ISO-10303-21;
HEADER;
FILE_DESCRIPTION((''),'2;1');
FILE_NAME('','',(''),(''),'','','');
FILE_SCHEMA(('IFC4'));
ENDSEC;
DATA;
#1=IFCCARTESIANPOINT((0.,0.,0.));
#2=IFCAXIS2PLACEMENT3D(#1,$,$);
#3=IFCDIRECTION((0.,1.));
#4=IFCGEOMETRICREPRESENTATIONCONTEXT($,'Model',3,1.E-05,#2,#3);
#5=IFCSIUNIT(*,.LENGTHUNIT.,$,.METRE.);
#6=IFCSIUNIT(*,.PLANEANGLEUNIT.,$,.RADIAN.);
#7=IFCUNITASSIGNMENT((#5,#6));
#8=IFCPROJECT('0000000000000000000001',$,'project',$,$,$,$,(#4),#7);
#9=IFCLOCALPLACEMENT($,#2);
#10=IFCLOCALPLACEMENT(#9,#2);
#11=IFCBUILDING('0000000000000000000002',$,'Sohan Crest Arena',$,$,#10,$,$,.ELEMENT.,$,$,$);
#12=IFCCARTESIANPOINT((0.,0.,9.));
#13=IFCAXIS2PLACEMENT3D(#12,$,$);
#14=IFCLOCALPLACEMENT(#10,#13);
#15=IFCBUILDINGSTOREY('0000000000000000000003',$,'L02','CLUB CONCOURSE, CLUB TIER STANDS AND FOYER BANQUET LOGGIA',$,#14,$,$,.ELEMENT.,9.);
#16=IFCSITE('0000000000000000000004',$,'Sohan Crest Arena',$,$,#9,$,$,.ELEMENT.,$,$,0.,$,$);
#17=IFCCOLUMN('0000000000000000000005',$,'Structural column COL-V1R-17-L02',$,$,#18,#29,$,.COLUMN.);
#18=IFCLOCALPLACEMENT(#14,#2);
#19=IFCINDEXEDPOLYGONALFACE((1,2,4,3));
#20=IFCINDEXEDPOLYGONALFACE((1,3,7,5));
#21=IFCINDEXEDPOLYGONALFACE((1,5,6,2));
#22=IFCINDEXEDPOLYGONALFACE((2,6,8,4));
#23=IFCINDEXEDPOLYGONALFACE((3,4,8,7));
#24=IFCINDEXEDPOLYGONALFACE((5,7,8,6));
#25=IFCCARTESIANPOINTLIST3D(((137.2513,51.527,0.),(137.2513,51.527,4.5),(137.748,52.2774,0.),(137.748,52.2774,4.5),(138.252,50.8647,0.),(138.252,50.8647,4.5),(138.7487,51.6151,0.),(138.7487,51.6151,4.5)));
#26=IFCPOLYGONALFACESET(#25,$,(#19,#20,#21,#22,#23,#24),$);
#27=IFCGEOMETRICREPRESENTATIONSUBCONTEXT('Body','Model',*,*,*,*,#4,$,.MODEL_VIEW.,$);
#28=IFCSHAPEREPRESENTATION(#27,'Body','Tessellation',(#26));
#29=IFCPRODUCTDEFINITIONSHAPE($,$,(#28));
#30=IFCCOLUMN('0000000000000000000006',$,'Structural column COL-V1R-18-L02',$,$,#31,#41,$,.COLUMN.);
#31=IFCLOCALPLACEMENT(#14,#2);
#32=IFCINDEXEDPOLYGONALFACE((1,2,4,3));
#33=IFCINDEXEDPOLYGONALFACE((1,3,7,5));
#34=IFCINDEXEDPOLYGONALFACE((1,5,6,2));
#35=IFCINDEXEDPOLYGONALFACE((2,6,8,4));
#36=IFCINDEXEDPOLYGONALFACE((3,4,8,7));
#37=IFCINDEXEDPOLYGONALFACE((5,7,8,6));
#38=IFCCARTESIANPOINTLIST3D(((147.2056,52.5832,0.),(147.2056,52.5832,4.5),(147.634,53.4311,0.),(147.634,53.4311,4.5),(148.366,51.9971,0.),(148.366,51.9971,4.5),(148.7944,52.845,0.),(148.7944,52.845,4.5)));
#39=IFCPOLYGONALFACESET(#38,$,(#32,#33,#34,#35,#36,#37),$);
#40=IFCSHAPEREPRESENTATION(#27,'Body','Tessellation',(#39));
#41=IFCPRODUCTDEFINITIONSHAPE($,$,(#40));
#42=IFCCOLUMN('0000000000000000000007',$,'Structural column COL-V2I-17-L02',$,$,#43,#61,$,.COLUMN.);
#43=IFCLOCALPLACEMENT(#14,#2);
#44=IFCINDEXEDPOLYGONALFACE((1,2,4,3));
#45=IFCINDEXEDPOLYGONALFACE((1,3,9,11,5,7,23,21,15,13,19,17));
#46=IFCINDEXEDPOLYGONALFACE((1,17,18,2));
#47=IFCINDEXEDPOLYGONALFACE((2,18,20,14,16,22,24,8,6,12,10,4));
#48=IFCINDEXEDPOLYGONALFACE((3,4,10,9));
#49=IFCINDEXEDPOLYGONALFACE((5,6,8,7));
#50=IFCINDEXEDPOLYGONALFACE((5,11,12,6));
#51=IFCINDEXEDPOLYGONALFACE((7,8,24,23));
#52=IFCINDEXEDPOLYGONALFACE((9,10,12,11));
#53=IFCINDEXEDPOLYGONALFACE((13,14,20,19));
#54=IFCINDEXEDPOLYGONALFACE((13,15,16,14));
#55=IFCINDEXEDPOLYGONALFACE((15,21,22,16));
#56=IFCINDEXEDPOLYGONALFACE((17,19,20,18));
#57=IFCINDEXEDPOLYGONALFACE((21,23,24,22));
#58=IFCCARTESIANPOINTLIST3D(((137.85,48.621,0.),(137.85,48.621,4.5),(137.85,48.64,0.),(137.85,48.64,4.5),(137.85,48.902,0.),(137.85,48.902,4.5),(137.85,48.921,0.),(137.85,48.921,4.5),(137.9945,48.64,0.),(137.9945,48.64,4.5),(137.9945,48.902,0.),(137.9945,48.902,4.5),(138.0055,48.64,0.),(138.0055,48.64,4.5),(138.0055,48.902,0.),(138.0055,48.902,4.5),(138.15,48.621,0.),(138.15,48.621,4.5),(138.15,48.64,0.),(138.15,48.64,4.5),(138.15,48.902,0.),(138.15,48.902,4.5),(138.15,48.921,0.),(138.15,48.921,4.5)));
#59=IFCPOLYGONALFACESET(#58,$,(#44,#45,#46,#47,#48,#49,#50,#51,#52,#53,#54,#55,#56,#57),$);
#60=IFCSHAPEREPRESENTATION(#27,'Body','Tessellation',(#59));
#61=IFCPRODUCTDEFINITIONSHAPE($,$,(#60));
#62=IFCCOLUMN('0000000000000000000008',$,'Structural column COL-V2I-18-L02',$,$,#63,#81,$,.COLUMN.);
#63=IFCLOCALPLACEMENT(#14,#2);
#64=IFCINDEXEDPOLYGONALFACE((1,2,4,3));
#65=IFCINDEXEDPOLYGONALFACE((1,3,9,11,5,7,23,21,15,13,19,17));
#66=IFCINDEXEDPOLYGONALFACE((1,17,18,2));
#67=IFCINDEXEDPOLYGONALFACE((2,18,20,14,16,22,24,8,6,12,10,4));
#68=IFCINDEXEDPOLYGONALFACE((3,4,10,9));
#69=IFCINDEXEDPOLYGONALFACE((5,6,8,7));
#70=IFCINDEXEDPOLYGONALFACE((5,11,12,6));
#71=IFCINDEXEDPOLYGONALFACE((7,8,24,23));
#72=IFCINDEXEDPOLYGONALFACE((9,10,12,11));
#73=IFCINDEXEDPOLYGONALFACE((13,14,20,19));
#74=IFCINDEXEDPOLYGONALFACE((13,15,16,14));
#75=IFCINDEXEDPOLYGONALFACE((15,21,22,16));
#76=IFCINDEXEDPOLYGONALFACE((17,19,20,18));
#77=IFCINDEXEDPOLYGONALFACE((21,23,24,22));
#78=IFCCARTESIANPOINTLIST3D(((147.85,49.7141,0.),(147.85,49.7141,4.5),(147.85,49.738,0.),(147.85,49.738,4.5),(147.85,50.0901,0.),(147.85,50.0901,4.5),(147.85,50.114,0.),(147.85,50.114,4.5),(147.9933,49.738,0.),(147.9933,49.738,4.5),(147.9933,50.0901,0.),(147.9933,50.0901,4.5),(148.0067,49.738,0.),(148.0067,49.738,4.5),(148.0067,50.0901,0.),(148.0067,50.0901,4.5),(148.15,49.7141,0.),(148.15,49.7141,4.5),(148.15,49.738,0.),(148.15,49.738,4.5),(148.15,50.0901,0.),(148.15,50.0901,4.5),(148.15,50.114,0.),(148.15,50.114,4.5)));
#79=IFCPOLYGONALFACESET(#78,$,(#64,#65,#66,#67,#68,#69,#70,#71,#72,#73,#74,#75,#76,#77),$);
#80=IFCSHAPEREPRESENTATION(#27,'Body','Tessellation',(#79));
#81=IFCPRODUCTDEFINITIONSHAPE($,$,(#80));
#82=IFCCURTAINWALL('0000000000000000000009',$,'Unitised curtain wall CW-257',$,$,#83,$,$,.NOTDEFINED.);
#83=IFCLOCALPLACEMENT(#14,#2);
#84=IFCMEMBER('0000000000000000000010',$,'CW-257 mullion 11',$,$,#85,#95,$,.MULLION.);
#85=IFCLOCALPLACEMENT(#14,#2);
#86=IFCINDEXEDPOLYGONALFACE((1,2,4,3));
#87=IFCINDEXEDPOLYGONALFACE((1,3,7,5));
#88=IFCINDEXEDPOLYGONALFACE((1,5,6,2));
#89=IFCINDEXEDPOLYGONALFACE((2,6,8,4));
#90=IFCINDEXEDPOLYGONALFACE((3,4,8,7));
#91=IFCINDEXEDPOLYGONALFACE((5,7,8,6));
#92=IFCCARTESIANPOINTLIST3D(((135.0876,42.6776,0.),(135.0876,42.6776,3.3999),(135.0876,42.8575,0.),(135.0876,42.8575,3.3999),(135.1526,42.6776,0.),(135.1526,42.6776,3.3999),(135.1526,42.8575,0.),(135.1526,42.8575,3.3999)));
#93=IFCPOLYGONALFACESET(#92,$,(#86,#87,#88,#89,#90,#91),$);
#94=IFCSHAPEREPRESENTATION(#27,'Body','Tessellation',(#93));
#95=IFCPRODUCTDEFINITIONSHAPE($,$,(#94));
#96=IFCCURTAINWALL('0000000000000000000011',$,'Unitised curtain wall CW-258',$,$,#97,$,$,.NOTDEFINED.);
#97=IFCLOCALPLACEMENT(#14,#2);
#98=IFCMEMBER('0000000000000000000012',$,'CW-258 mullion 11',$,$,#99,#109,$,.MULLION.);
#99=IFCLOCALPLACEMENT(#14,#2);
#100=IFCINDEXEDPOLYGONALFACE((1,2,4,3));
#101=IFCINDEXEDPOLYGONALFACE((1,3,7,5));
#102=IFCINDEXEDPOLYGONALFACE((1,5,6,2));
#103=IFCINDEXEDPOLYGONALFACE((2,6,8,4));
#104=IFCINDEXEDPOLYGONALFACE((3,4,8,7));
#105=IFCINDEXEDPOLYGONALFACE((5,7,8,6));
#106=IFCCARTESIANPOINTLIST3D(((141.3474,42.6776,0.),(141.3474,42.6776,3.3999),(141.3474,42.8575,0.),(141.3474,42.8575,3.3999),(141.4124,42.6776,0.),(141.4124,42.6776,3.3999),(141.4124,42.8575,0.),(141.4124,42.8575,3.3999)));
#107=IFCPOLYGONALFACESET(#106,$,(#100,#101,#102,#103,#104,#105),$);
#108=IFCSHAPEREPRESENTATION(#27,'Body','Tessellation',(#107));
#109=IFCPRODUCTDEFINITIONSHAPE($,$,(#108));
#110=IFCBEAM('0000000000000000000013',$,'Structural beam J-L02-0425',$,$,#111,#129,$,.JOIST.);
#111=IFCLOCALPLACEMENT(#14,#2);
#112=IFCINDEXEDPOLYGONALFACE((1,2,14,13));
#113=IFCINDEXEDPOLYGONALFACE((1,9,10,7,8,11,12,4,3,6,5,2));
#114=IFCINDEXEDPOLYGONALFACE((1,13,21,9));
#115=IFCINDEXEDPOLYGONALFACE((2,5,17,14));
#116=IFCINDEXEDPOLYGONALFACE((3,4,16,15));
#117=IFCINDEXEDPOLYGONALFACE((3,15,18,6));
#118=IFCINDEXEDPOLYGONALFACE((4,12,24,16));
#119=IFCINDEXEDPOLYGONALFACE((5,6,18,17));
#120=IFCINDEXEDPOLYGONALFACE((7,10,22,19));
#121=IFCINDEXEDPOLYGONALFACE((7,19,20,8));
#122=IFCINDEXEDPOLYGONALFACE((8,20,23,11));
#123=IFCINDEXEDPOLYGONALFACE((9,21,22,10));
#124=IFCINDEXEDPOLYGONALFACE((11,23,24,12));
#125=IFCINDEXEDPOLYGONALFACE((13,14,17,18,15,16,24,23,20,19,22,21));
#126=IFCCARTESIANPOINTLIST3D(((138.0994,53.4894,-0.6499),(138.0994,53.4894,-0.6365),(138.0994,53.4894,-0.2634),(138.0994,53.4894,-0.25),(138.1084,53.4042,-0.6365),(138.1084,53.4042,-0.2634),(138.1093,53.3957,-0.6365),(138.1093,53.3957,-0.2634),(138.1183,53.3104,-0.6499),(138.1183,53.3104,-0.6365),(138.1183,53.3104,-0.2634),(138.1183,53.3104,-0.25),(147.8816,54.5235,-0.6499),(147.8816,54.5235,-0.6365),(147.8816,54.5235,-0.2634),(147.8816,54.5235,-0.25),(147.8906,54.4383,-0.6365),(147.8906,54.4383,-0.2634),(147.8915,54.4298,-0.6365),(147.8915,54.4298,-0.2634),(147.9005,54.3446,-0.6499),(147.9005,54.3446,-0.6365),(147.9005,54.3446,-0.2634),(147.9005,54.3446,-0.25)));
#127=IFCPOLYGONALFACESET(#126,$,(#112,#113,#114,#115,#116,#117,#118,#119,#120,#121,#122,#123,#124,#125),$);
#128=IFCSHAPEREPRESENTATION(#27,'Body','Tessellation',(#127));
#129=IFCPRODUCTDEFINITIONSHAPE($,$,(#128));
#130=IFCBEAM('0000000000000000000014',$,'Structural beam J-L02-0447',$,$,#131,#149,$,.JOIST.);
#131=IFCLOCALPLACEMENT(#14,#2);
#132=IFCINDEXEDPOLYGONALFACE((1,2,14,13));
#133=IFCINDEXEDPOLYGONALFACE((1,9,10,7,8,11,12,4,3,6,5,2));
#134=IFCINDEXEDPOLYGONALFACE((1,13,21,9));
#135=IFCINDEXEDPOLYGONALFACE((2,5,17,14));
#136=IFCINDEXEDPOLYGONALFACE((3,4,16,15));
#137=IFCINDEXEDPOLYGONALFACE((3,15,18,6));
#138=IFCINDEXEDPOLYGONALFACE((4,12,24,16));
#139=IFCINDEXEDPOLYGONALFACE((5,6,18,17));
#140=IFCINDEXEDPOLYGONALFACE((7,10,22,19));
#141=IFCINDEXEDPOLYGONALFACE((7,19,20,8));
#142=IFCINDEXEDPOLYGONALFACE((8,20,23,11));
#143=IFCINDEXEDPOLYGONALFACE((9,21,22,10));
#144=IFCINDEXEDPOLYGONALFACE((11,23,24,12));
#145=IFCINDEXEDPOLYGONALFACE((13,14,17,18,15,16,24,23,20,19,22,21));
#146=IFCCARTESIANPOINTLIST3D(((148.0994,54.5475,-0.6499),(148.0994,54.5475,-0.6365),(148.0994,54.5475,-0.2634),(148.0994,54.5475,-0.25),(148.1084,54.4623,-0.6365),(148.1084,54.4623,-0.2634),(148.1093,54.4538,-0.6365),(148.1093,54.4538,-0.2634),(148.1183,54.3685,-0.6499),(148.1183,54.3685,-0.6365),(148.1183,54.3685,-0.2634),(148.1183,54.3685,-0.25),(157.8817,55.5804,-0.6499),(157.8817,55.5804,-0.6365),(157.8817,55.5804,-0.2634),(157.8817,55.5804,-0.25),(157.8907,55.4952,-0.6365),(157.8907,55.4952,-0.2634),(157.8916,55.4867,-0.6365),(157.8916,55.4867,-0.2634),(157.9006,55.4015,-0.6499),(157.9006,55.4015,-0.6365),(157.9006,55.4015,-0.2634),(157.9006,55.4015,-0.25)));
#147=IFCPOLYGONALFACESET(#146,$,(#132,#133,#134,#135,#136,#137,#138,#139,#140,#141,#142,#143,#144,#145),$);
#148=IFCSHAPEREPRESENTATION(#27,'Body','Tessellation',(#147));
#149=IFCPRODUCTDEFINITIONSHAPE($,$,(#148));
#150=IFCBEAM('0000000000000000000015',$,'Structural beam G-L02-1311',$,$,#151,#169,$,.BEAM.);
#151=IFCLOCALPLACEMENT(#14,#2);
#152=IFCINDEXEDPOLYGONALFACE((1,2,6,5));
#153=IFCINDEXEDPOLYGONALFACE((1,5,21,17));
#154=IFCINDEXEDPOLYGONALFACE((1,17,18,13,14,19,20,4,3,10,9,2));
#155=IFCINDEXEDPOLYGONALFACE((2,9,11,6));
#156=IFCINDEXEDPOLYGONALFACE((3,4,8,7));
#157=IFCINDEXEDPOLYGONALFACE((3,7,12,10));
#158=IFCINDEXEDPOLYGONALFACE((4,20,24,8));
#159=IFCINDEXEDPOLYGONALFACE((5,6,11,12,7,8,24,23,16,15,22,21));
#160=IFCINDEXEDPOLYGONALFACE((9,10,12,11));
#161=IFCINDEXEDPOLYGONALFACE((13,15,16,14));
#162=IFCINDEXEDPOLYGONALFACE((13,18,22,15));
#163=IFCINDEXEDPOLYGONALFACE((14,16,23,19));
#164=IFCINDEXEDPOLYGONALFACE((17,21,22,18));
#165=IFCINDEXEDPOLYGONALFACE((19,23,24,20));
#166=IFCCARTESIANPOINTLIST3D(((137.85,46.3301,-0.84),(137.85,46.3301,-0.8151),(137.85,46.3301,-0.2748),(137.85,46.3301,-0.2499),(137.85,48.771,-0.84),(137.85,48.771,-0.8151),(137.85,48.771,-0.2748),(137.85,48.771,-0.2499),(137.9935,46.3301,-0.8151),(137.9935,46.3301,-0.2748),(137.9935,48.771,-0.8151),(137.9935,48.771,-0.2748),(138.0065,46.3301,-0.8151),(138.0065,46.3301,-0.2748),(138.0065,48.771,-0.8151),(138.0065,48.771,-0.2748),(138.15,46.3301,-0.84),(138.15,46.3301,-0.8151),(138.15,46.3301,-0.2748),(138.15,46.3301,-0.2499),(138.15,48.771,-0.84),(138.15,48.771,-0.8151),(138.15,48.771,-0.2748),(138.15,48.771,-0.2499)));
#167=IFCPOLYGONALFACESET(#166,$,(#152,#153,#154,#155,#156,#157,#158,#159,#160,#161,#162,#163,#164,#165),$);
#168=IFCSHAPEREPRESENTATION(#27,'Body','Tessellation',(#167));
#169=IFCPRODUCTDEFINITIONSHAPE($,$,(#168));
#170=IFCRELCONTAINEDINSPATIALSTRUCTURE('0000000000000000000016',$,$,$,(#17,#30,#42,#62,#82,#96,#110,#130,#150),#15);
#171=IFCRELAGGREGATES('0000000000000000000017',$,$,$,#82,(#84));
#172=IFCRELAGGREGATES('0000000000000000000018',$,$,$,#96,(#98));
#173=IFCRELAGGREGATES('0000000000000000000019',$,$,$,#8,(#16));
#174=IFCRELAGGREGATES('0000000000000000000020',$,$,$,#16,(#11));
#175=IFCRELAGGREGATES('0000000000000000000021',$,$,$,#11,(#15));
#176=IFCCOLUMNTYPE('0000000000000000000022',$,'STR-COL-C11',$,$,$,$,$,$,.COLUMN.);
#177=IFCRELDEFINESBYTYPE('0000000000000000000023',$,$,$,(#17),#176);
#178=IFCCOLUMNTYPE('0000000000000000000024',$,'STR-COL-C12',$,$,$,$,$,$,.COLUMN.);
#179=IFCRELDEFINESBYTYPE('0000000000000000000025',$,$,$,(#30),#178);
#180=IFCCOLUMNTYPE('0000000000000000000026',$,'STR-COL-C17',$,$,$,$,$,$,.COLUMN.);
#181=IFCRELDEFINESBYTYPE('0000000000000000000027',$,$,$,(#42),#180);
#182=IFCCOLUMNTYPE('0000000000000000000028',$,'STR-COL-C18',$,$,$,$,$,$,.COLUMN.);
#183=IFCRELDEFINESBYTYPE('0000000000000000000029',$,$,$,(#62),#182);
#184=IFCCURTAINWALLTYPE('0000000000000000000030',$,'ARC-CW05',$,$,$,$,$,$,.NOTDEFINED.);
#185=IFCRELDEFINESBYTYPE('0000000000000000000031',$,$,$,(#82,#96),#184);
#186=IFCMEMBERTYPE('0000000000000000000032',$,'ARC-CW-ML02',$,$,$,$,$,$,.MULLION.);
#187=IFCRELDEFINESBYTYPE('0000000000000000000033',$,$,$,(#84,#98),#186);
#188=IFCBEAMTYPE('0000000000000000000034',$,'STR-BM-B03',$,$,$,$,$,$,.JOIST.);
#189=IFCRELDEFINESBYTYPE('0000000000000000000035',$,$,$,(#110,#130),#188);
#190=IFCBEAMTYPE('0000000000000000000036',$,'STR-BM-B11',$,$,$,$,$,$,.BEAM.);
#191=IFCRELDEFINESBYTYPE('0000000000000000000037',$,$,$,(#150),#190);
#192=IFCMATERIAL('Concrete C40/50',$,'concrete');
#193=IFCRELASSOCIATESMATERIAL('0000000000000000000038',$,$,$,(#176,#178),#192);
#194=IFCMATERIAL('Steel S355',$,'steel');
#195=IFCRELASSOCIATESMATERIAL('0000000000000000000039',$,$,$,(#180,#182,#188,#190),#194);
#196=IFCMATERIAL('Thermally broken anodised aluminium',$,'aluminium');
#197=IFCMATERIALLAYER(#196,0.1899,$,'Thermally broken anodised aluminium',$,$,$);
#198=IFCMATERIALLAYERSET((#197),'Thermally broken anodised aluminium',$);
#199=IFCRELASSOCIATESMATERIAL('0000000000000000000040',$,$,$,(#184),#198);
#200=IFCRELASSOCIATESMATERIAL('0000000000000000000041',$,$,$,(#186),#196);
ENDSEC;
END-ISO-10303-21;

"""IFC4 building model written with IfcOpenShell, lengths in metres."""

from ifc_helpers import new_model, si_unit, direction, frame, origin, origin_2d, place, context, subcontext, project, spatial, rectangle, i_section, extrude, material, layer, layer_set, material_profile, profile_set, type_object, element, aggregate, save


model = new_model("IFC4")

# Units and contexts
model_context = context("Model", 3, precision=1e-05, world=origin(), true_north=direction((0.0, 1.0)))
body_context = subcontext(model_context, "Body", "Model", "MODEL_VIEW")
ifc_project = project(units=[si_unit("LENGTHUNIT", "METRE"), si_unit("PLANEANGLEUNIT", "RADIAN")], contexts=[model_context])

# Site, building, storey
site_placement = place(None, origin())
site = spatial("IfcSite", under=ifc_project, at=site_placement, Name="Sohan Crest Arena", CompositionType="ELEMENT", RefElevation=0.0)
building_placement = place(site_placement, origin())
building = spatial("IfcBuilding", under=site, at=building_placement, Name="Sohan Crest Arena", CompositionType="ELEMENT")
storey_placement = place(building_placement, frame((0.0, 0.0, 9.0)))
storey = spatial("IfcBuildingStorey", under=building, at=storey_placement, Name="L02", Description="CLUB CONCOURSE, CLUB TIER STANDS AND FOYER BANQUET LOGGIA", CompositionType="ELEMENT", Elevation=9.0)

# Columns
ifc_material_1 = material(Name="Concrete C40/50", Category="concrete")
ifc_material_profile_1 = material_profile(ifc_material_1, rectangle(XDim=1.2, YDim=0.8999, at=origin_2d()), Name="RC 1200x900")
ifc_profile_set_1 = profile_set([ifc_material_profile_1], Name="Concrete C40/50")
column_type_1 = type_object("IfcColumnType", Name="STR-COL-C11", PredefinedType="COLUMN", material=ifc_profile_set_1)
column_1_placement = place(storey_placement, frame((138.0, 51.571, 0.0), z_axis=(0.0, 0.0, 1.0), x_axis=(-0.833886, 0.551937, 0.0)))
element("IfcColumn", 1, at=column_1_placement, inside=storey, type_object=column_type_1, Name="Structural column COL-V1R-17-L02", PredefinedType="COLUMN", context=body_context, shape_type="SweptSolid", body=[
    extrude(rectangle(XDim=1.2, YDim=0.8999, at=origin_2d()), origin(), (0.0, 0.0, 1.0), 4.5),
])
ifc_material_profile_2 = material_profile(ifc_material_1, rectangle(XDim=1.3, YDim=0.95, at=origin_2d()), Name="RC 1300x950")
ifc_profile_set_2 = profile_set([ifc_material_profile_2], Name="Concrete C40/50")
column_type_2 = type_object("IfcColumnType", Name="STR-COL-C12", PredefinedType="COLUMN", material=ifc_profile_set_2)
column_2_placement = place(storey_placement, frame((148.0, 52.7141, 0.0), z_axis=(0.0, 0.0, 1.0), x_axis=(-0.892586, 0.450878, 0.0)))
element("IfcColumn", 2, at=column_2_placement, inside=storey, type_object=column_type_2, Name="Structural column COL-V1R-18-L02", PredefinedType="COLUMN", context=body_context, shape_type="SweptSolid", body=[
    extrude(rectangle(XDim=1.3, YDim=0.95, at=origin_2d()), origin(), (0.0, 0.0, 1.0), 4.5),
])
ifc_material_2 = material(Name="Steel S355", Category="steel")
ifc_material_profile_3 = material_profile(ifc_material_2, i_section(OverallWidth=0.3, OverallDepth=0.3, WebThickness=0.011, FlangeThickness=0.019, at=origin_2d()), Name="HEB 300")
ifc_profile_set_3 = profile_set([ifc_material_profile_3], Name="Steel S355")
column_type_3 = type_object("IfcColumnType", Name="STR-COL-C17", PredefinedType="COLUMN", material=ifc_profile_set_3)
column_3_placement = place(storey_placement, frame((138.0, 48.771, 0.0), z_axis=(0.0, 0.0, 1.0), x_axis=(1.0, 0.0, 0.0)))
element("IfcColumn", 3, at=column_3_placement, inside=storey, type_object=column_type_3, Name="Structural column COL-V2I-17-L02", PredefinedType="COLUMN", context=body_context, shape_type="SweptSolid", body=[
    extrude(i_section(OverallWidth=0.3, OverallDepth=0.3, WebThickness=0.011, FlangeThickness=0.019, at=origin_2d()), origin(), (0.0, 0.0, 1.0), 4.5),
])
ifc_material_profile_4 = material_profile(ifc_material_2, i_section(OverallWidth=0.3, OverallDepth=0.3999, WebThickness=0.0134, FlangeThickness=0.0239, at=origin_2d()), Name="HEB 400")
ifc_profile_set_4 = profile_set([ifc_material_profile_4], Name="Steel S355")
column_type_4 = type_object("IfcColumnType", Name="STR-COL-C18", PredefinedType="COLUMN", material=ifc_profile_set_4)
column_4_placement = place(storey_placement, frame((148.0, 49.9141, 0.0), z_axis=(0.0, 0.0, 1.0), x_axis=(1.0, 0.0, 0.0)))
element("IfcColumn", 4, at=column_4_placement, inside=storey, type_object=column_type_4, Name="Structural column COL-V2I-18-L02", PredefinedType="COLUMN", context=body_context, shape_type="SweptSolid", body=[
    extrude(i_section(OverallWidth=0.3, OverallDepth=0.3999, WebThickness=0.0134, FlangeThickness=0.0239, at=origin_2d()), origin(), (0.0, 0.0, 1.0), 4.5),
])

# Curtain walls, members
ifc_material_3 = material(Name="Thermally broken anodised aluminium", Category="aluminium")
ifc_layer_1 = layer(ifc_material_3, 0.1899, Name="Thermally broken anodised aluminium")
ifc_layer_set_1 = layer_set([ifc_layer_1], Name="Thermally broken anodised aluminium")
curtain_wall_type = type_object("IfcCurtainWallType", Name="ARC-CW05", PredefinedType="NOTDEFINED", material=ifc_layer_set_1)
curtain_wall_1_placement = place(storey_placement, origin())
curtain_wall_1 = element("IfcCurtainWall", 5, at=curtain_wall_1_placement, inside=storey, type_object=curtain_wall_type, Name="Unitised curtain wall CW-257", PredefinedType="NOTDEFINED")
ifc_material_profile_5 = material_profile(ifc_material_3, rectangle(XDim=0.0649, YDim=0.1799, at=origin_2d()), Name="ALU-MULL 65x180")
ifc_profile_set_5 = profile_set([ifc_material_profile_5], Name="Thermally broken anodised aluminium")
member_type_1 = type_object("IfcMemberType", Name="ARC-CW-ML02", PredefinedType="MULLION", material=ifc_profile_set_5)
member_1_placement = place(storey_placement, frame((135.1201, 42.7676, 0.0), z_axis=(0.0, 0.0, 1.0), x_axis=(-1.0, 0.0, 0.0)))
member_1 = element("IfcMember", 6, at=member_1_placement, type_object=member_type_1, Name="CW-257 mullion 11", PredefinedType="MULLION", context=body_context, shape_type="SweptSolid", body=[
    extrude(rectangle(XDim=0.0649, YDim=0.1799, at=origin_2d()), origin(), (0.0, 0.0, 1.0), 3.3999),
])
curtain_wall_2_placement = place(storey_placement, origin())
curtain_wall_2 = element("IfcCurtainWall", 7, at=curtain_wall_2_placement, inside=storey, type_object=curtain_wall_type, Name="Unitised curtain wall CW-258", PredefinedType="NOTDEFINED")
member_2_placement = place(storey_placement, frame((141.3799, 42.7676, 0.0), z_axis=(0.0, 0.0, 1.0), x_axis=(-1.0, 0.0, 0.0)))
member_2 = element("IfcMember", 8, at=member_2_placement, type_object=member_type_1, Name="CW-258 mullion 11", PredefinedType="MULLION", context=body_context, shape_type="SweptSolid", body=[
    extrude(rectangle(XDim=0.0649, YDim=0.1799, at=origin_2d()), origin(), (0.0, 0.0, 1.0), 3.3999),
])

# Beams
ifc_material_profile_6 = material_profile(ifc_material_2, i_section(OverallWidth=0.1799, OverallDepth=0.3999, WebThickness=0.0085, FlangeThickness=0.0134, at=origin_2d()), Name="IPE 400")
ifc_profile_set_6 = profile_set([ifc_material_profile_6], Name="Steel S355")
beam_type_1 = type_object("IfcBeamType", Name="STR-BM-B03", PredefinedType="JOIST", material=ifc_profile_set_6)
for number, where, z_axis, x_axis, name in (
    (9, (138.1089, 53.3999, -0.45), (0.994458, 0.105134, 0.0), (-0.105134, 0.994458, 0.0), "Structural beam J-L02-0425"),
    (10, (148.1089, 54.458, -0.45), (0.994471, 0.105012, 0.0), (-0.105012, 0.994471, 0.0), "Structural beam J-L02-0447"),
):
    element("IfcBeam", number, at=place(storey_placement, frame(where, z_axis=z_axis, x_axis=x_axis)), inside=storey, type_object=beam_type_1, Name=name, PredefinedType="JOIST", context=body_context, shape_type="SweptSolid", body=[
        extrude(i_section(OverallWidth=0.1799, OverallDepth=0.3999, WebThickness=0.0085, FlangeThickness=0.0134, at=origin_2d()), origin(), (0.0, 0.0, 1.0), 9.8367),
    ])
ifc_material_profile_7 = material_profile(ifc_material_2, i_section(OverallWidth=0.3, OverallDepth=0.5901, WebThickness=0.0129, FlangeThickness=0.0249, at=origin_2d()), Name="HEA 600")
ifc_profile_set_7 = profile_set([ifc_material_profile_7], Name="Steel S355")
beam_type_2 = type_object("IfcBeamType", Name="STR-BM-B11", PredefinedType="BEAM", material=ifc_profile_set_7)
beam_1_placement = place(storey_placement, frame((138.0, 48.771, -0.5449), z_axis=(0.0, -1.0, 0.0), x_axis=(1.0, 0.0, 0.0)))
element("IfcBeam", 11, at=beam_1_placement, inside=storey, type_object=beam_type_2, Name="Structural beam G-L02-1311", PredefinedType="BEAM", context=body_context, shape_type="SweptSolid", body=[
    extrude(i_section(OverallWidth=0.3, OverallDepth=0.5901, WebThickness=0.0129, FlangeThickness=0.0249, at=origin_2d()), origin(), (0.0, 0.0, 1.0), 2.4409),
])

aggregate(curtain_wall_1, [member_1])
aggregate(curtain_wall_2, [member_2])

save(model, "model.ifc")
